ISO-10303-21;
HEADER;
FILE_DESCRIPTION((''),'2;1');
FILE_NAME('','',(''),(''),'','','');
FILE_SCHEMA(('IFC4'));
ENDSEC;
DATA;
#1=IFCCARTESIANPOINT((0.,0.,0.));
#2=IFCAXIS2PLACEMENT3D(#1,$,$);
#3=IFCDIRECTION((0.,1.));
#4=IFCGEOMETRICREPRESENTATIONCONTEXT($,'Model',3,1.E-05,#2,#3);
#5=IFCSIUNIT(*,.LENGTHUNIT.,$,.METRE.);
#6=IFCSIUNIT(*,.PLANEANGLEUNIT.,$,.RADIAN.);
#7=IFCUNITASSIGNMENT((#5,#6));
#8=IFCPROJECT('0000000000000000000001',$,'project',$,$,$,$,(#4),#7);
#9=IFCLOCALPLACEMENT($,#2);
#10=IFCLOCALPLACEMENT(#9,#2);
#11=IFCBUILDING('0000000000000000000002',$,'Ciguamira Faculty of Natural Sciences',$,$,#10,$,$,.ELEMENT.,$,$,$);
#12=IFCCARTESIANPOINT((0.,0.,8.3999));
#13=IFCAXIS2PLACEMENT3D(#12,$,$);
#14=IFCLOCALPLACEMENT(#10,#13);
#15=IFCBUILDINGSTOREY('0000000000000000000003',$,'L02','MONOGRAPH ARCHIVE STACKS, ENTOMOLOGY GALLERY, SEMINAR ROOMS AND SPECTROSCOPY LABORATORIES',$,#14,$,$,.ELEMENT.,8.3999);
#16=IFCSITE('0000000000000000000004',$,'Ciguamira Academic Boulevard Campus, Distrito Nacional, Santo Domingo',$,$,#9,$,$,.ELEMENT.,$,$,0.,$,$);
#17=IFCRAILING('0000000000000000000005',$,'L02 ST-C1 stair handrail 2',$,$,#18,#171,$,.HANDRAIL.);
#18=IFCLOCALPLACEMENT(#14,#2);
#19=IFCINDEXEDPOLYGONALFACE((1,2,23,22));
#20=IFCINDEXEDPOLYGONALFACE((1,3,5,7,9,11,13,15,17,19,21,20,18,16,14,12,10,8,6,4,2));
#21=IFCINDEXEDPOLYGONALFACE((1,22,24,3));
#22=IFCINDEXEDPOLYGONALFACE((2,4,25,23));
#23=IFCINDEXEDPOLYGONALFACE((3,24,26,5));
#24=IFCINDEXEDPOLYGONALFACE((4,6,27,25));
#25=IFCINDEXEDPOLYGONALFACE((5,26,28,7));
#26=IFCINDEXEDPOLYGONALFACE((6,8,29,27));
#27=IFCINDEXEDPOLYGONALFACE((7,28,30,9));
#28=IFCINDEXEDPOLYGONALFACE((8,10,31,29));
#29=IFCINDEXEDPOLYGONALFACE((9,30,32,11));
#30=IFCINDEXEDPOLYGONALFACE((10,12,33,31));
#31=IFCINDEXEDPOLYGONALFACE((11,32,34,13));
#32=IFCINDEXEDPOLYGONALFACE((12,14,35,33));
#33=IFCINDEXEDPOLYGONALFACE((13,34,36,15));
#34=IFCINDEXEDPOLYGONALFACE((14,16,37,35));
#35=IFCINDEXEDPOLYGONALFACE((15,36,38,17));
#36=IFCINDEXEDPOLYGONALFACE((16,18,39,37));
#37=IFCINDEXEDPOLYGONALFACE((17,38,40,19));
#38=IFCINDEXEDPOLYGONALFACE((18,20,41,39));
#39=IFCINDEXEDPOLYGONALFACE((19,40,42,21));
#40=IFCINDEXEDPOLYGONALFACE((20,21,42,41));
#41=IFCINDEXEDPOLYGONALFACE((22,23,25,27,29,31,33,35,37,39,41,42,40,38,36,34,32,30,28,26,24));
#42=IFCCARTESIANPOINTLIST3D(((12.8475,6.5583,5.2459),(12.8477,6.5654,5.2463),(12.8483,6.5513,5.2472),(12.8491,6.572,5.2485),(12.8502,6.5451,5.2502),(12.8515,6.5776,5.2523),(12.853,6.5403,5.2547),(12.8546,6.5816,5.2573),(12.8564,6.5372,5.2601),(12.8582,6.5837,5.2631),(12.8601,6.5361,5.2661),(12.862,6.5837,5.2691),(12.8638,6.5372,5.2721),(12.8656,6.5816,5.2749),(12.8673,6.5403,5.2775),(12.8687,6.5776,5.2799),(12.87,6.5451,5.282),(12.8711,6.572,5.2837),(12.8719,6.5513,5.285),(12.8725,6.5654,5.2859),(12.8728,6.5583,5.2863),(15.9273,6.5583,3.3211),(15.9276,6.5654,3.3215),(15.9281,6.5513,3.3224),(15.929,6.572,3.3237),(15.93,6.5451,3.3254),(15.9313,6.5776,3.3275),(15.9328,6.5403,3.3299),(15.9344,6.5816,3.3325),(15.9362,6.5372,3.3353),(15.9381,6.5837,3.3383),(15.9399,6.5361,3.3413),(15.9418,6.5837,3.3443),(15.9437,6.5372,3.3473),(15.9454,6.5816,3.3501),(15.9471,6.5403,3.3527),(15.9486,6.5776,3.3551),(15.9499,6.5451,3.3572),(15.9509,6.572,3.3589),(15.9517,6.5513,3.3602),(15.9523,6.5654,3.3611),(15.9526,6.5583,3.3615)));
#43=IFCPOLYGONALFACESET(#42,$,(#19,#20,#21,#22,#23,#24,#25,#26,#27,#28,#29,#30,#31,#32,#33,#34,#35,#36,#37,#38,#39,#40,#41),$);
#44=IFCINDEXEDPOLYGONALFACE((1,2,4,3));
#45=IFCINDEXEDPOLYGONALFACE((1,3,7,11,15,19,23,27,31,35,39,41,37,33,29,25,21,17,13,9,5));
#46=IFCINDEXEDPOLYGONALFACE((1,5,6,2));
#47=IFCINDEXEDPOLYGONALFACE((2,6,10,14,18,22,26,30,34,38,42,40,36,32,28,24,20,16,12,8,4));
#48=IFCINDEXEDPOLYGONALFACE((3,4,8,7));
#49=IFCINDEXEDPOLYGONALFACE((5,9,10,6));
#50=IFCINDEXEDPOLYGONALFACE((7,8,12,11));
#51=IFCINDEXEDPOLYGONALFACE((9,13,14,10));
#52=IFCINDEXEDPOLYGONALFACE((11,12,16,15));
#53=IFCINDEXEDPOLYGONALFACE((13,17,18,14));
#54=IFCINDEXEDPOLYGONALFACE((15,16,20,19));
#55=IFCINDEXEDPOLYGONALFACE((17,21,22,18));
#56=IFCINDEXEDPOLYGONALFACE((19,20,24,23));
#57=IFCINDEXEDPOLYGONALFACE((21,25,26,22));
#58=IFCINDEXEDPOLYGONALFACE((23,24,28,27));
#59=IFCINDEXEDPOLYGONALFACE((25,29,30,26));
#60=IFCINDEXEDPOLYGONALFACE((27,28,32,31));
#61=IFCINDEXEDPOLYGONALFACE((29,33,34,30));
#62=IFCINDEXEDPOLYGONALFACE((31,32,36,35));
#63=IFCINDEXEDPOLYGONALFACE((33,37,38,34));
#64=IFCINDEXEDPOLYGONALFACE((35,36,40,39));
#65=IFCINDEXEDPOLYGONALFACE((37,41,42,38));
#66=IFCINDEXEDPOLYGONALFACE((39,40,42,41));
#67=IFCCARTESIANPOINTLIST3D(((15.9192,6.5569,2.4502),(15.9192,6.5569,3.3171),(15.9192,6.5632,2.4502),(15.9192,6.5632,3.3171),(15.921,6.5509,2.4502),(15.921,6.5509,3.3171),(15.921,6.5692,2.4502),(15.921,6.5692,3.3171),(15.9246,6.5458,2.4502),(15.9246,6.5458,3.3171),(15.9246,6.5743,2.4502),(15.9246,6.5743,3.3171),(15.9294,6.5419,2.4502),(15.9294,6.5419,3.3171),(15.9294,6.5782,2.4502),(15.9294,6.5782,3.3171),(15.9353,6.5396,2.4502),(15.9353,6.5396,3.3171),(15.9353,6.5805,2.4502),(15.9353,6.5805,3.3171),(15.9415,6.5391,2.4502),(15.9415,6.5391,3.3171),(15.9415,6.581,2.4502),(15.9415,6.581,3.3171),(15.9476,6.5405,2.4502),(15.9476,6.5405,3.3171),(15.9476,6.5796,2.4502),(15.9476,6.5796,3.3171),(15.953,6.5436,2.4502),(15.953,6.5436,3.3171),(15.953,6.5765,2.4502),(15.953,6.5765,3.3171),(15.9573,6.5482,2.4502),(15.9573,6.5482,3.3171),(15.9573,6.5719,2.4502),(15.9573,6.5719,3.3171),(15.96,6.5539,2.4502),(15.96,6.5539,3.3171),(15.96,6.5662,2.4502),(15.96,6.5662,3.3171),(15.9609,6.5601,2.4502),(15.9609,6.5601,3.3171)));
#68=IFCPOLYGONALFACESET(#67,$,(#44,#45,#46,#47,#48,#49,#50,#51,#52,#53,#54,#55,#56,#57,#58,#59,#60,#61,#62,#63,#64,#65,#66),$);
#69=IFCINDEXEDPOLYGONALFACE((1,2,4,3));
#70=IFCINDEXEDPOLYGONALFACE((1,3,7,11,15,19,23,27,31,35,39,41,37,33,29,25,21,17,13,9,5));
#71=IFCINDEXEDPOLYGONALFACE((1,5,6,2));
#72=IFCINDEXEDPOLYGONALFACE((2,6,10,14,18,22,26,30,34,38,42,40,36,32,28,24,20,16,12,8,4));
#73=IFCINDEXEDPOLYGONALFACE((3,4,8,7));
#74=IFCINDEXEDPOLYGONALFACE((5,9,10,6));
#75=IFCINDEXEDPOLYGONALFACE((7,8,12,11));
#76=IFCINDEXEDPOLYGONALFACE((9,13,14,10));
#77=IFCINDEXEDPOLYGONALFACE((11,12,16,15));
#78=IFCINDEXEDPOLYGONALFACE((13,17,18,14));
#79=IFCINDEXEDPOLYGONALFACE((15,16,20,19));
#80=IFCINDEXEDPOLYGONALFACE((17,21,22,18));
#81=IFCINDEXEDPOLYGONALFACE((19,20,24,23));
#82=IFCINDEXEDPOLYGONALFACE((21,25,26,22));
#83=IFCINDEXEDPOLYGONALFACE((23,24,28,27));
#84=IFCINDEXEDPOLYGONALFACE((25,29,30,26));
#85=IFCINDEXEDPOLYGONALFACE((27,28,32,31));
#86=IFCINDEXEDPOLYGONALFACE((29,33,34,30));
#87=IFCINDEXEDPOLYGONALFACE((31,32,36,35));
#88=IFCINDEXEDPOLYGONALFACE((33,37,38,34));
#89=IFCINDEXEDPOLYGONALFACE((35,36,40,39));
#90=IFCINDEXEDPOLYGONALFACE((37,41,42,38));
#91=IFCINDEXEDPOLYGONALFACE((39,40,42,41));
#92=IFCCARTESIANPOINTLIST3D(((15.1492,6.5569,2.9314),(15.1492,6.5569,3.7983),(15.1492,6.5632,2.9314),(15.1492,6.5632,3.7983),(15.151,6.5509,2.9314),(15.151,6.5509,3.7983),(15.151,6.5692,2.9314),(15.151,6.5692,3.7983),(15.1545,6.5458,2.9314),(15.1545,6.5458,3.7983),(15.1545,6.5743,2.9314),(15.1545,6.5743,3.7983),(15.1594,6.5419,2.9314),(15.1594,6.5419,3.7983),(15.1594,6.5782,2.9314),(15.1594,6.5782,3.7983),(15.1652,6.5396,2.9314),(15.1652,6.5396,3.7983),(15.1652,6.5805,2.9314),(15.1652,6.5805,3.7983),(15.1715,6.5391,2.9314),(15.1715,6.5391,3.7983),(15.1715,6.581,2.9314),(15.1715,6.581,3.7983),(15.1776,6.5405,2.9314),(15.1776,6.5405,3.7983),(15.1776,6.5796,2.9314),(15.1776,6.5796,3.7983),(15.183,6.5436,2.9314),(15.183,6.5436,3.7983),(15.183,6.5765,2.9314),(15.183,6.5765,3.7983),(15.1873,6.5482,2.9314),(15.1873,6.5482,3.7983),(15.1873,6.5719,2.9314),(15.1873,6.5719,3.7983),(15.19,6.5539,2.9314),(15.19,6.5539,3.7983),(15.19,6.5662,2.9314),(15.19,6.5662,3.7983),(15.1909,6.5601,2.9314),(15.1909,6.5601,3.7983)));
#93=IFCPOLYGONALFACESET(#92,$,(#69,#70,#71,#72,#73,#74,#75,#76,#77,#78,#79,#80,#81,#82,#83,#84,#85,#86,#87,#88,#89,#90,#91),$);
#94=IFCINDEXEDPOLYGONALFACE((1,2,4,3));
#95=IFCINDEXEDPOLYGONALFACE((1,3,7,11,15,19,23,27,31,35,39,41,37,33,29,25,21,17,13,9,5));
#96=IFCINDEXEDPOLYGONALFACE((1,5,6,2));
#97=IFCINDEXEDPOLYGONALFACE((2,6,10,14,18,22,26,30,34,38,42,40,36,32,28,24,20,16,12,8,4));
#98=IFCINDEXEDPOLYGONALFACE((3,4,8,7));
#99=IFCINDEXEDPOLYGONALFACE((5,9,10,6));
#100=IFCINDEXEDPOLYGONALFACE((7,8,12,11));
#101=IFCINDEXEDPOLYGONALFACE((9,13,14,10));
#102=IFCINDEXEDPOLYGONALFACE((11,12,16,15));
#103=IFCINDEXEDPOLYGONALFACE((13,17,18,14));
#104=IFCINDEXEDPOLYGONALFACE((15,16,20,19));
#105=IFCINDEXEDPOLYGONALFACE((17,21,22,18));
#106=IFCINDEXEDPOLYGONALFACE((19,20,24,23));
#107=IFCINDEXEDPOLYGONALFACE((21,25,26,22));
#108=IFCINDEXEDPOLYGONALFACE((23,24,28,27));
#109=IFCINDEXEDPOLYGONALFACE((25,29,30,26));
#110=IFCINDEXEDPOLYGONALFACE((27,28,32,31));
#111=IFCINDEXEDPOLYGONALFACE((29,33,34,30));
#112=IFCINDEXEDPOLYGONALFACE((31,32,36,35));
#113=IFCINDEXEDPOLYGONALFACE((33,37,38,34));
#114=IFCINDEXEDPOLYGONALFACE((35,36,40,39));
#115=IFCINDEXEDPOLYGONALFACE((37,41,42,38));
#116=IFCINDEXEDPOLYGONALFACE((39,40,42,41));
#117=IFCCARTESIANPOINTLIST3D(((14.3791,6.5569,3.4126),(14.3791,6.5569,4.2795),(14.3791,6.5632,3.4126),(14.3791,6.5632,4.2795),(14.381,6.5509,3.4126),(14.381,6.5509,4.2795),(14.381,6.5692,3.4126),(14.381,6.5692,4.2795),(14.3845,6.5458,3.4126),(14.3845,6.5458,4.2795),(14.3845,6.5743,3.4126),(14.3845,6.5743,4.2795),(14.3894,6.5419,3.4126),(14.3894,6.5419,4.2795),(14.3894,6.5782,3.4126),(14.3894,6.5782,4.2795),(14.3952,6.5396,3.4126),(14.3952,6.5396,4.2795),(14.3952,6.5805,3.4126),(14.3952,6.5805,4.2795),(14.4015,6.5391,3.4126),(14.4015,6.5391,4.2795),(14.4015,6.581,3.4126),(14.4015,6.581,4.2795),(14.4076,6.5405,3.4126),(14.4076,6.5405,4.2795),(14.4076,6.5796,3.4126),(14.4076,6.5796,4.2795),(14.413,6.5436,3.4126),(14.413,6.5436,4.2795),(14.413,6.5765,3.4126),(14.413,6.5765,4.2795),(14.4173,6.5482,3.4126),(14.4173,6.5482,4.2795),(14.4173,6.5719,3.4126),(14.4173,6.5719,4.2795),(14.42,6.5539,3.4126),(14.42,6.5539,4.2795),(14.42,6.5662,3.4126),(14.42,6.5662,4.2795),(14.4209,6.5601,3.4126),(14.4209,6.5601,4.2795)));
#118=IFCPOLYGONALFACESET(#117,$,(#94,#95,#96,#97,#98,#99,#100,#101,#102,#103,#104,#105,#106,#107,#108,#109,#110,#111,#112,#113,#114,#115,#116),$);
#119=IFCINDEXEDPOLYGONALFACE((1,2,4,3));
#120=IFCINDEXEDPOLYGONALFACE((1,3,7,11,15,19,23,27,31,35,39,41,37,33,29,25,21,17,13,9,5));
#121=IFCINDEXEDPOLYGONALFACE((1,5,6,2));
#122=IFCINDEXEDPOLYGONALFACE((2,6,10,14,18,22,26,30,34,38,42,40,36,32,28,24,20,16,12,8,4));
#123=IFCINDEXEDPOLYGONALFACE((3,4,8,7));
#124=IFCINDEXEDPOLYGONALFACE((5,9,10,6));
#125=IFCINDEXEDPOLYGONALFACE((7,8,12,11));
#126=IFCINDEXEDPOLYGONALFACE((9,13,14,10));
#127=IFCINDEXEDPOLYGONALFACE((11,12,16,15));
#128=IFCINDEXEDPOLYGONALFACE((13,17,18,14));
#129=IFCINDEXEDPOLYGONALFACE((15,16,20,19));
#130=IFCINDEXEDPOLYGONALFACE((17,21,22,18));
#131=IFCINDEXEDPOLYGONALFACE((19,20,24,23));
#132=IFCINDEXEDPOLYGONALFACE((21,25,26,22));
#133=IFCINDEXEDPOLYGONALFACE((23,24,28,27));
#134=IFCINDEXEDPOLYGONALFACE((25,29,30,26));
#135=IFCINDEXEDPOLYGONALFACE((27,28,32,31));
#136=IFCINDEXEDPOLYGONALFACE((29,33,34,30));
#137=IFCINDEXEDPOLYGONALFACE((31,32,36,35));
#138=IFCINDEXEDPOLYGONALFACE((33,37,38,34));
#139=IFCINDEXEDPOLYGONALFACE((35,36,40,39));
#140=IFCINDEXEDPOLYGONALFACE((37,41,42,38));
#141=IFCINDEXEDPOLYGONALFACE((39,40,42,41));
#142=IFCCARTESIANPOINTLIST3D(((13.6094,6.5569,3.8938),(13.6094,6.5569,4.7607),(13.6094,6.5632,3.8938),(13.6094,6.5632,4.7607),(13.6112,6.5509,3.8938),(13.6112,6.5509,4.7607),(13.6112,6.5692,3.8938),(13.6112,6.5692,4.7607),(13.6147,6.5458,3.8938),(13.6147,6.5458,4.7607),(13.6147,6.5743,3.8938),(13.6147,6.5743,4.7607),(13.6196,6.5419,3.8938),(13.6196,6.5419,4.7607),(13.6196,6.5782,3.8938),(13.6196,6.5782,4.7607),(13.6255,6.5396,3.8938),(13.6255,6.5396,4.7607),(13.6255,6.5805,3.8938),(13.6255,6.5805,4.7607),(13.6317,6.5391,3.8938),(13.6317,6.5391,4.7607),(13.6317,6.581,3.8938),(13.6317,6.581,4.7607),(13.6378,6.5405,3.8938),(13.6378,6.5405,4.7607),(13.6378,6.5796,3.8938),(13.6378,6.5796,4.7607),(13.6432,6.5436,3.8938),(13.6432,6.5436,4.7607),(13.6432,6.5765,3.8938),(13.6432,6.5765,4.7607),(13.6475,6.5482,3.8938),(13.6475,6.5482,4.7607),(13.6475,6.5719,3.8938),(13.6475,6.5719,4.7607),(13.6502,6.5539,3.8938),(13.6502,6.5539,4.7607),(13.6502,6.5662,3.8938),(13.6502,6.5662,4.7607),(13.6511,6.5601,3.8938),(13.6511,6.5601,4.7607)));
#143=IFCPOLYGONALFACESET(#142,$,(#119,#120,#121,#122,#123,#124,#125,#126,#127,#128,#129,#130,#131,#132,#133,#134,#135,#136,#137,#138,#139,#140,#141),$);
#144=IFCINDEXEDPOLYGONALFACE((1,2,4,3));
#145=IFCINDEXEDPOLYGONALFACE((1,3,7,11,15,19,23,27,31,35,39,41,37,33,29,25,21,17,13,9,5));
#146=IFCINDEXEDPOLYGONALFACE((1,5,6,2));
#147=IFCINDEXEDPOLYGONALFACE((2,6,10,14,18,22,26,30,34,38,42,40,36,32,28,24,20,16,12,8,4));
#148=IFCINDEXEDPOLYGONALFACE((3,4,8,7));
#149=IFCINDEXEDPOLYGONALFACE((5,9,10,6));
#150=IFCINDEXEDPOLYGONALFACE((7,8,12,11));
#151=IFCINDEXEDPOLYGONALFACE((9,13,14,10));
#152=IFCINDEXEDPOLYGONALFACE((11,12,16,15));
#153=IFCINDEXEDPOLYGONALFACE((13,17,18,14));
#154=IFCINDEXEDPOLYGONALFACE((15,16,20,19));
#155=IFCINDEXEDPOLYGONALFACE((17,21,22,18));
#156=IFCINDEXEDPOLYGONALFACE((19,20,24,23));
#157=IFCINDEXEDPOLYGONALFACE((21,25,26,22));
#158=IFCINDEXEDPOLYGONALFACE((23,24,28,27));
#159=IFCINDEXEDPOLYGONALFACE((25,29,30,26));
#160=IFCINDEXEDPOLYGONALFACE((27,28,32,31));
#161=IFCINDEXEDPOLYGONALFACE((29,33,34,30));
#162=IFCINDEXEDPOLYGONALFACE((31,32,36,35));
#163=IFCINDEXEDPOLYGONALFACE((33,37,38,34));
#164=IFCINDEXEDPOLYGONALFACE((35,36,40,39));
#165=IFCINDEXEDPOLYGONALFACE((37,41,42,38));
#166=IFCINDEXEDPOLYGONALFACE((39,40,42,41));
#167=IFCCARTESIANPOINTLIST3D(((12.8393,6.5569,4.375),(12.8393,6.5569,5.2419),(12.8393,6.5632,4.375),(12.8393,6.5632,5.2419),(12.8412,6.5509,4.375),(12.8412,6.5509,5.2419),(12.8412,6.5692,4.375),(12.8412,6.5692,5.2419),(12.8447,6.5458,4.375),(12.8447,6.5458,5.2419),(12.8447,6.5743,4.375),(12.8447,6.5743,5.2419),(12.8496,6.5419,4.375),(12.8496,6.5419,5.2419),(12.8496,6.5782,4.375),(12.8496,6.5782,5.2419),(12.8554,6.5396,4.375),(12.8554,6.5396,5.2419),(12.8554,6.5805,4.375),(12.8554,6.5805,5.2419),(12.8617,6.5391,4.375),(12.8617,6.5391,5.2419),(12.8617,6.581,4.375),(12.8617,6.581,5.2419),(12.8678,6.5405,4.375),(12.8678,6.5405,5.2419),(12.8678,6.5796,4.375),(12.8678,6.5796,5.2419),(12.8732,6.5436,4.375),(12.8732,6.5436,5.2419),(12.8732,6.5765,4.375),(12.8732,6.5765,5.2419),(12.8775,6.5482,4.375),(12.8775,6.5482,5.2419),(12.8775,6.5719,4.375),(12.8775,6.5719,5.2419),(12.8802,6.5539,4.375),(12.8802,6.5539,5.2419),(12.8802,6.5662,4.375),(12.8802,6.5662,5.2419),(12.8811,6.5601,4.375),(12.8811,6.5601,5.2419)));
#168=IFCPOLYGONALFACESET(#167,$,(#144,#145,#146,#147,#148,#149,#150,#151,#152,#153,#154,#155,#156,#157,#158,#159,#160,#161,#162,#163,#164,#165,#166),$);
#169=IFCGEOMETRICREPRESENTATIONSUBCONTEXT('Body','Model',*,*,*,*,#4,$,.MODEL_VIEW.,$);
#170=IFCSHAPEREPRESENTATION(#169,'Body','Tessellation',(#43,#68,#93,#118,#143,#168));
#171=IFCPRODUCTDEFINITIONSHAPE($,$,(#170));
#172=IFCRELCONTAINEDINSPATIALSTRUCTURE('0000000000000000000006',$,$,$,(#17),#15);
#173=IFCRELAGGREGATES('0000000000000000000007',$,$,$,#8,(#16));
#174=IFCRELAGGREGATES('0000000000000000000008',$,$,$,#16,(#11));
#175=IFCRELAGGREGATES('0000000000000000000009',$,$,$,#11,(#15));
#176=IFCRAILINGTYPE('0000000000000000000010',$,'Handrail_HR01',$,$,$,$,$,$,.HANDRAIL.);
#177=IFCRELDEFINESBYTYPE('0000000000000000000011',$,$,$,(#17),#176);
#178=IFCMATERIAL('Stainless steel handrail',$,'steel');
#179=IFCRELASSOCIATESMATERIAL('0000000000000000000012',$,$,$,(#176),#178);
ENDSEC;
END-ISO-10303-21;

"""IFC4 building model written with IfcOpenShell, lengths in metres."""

from ifc_helpers import new_model, si_unit, direction, frame, origin, origin_2d, place, context, subcontext, project, spatial, circle, extrude, material, type_object, element, save


model = new_model("IFC4")

# Units and contexts
model_context = context("Model", 3, precision=1e-05, world=origin(), true_north=direction((0.0, 1.0)))
body_context = subcontext(model_context, "Body", "Model", "MODEL_VIEW")
ifc_project = project(units=[si_unit("LENGTHUNIT", "METRE"), si_unit("PLANEANGLEUNIT", "RADIAN")], contexts=[model_context])

# Site, building, storey
site_placement = place(None, origin())
site = spatial("IfcSite", under=ifc_project, at=site_placement, Name="Ciguamira Academic Boulevard Campus, Distrito Nacional, Santo Domingo", CompositionType="ELEMENT", RefElevation=0.0)
building_placement = place(site_placement, origin())
building = spatial("IfcBuilding", under=site, at=building_placement, Name="Ciguamira Faculty of Natural Sciences", CompositionType="ELEMENT")
storey_placement = place(building_placement, frame((0.0, 0.0, 8.3999)))
storey = spatial("IfcBuildingStorey", under=building, at=storey_placement, Name="L02", Description="MONOGRAPH ARCHIVE STACKS, ENTOMOLOGY GALLERY, SEMINAR ROOMS AND SPECTROSCOPY LABORATORIES", CompositionType="ELEMENT", Elevation=8.3999)

# Railing
ifc_material_1 = material(Name="Stainless steel handrail", Category="steel")
railing_type_1 = type_object("IfcRailingType", Name="Handrail_HR01", PredefinedType="HANDRAIL", material=ifc_material_1)
railing_1_placement = place(storey_placement, frame((15.9399, 6.5601, 2.4502)))
element("IfcRailing", 1, at=railing_1_placement, inside=storey, type_object=railing_type_1, Name="L02 ST-C1 stair handrail 2", PredefinedType="HANDRAIL", context=body_context, shape_type="SweptSolid", body=[
    extrude(circle(Radius=0.0239, at=origin_2d()), frame((0.0, 0.0, 0.8911), z_axis=(-0.84801, 0.0, 0.529981), x_axis=(0.0, -1.0, 0.0)), (0.0, 0.0, 1.0), 3.6318),
    extrude(circle(Radius=0.021, at=origin_2d()), origin(), (0.0, 0.0, 1.0), 0.8669),
    extrude(circle(Radius=0.021, at=origin_2d()), frame((-0.77, 0.0, 0.4812)), (0.0, 0.0, 1.0), 0.8669),
    extrude(circle(Radius=0.021, at=origin_2d()), frame((-1.54, 0.0, 0.9624)), (0.0, 0.0, 1.0), 0.8669),
    extrude(circle(Radius=0.021, at=origin_2d()), frame((-2.3098, 0.0, 1.4436)), (0.0, 0.0, 1.0), 0.8669),
    extrude(circle(Radius=0.021, at=origin_2d()), frame((-3.0798, 0.0, 1.9248)), (0.0, 0.0, 1.0), 0.8669),
])

save(model, "model.ifc")
